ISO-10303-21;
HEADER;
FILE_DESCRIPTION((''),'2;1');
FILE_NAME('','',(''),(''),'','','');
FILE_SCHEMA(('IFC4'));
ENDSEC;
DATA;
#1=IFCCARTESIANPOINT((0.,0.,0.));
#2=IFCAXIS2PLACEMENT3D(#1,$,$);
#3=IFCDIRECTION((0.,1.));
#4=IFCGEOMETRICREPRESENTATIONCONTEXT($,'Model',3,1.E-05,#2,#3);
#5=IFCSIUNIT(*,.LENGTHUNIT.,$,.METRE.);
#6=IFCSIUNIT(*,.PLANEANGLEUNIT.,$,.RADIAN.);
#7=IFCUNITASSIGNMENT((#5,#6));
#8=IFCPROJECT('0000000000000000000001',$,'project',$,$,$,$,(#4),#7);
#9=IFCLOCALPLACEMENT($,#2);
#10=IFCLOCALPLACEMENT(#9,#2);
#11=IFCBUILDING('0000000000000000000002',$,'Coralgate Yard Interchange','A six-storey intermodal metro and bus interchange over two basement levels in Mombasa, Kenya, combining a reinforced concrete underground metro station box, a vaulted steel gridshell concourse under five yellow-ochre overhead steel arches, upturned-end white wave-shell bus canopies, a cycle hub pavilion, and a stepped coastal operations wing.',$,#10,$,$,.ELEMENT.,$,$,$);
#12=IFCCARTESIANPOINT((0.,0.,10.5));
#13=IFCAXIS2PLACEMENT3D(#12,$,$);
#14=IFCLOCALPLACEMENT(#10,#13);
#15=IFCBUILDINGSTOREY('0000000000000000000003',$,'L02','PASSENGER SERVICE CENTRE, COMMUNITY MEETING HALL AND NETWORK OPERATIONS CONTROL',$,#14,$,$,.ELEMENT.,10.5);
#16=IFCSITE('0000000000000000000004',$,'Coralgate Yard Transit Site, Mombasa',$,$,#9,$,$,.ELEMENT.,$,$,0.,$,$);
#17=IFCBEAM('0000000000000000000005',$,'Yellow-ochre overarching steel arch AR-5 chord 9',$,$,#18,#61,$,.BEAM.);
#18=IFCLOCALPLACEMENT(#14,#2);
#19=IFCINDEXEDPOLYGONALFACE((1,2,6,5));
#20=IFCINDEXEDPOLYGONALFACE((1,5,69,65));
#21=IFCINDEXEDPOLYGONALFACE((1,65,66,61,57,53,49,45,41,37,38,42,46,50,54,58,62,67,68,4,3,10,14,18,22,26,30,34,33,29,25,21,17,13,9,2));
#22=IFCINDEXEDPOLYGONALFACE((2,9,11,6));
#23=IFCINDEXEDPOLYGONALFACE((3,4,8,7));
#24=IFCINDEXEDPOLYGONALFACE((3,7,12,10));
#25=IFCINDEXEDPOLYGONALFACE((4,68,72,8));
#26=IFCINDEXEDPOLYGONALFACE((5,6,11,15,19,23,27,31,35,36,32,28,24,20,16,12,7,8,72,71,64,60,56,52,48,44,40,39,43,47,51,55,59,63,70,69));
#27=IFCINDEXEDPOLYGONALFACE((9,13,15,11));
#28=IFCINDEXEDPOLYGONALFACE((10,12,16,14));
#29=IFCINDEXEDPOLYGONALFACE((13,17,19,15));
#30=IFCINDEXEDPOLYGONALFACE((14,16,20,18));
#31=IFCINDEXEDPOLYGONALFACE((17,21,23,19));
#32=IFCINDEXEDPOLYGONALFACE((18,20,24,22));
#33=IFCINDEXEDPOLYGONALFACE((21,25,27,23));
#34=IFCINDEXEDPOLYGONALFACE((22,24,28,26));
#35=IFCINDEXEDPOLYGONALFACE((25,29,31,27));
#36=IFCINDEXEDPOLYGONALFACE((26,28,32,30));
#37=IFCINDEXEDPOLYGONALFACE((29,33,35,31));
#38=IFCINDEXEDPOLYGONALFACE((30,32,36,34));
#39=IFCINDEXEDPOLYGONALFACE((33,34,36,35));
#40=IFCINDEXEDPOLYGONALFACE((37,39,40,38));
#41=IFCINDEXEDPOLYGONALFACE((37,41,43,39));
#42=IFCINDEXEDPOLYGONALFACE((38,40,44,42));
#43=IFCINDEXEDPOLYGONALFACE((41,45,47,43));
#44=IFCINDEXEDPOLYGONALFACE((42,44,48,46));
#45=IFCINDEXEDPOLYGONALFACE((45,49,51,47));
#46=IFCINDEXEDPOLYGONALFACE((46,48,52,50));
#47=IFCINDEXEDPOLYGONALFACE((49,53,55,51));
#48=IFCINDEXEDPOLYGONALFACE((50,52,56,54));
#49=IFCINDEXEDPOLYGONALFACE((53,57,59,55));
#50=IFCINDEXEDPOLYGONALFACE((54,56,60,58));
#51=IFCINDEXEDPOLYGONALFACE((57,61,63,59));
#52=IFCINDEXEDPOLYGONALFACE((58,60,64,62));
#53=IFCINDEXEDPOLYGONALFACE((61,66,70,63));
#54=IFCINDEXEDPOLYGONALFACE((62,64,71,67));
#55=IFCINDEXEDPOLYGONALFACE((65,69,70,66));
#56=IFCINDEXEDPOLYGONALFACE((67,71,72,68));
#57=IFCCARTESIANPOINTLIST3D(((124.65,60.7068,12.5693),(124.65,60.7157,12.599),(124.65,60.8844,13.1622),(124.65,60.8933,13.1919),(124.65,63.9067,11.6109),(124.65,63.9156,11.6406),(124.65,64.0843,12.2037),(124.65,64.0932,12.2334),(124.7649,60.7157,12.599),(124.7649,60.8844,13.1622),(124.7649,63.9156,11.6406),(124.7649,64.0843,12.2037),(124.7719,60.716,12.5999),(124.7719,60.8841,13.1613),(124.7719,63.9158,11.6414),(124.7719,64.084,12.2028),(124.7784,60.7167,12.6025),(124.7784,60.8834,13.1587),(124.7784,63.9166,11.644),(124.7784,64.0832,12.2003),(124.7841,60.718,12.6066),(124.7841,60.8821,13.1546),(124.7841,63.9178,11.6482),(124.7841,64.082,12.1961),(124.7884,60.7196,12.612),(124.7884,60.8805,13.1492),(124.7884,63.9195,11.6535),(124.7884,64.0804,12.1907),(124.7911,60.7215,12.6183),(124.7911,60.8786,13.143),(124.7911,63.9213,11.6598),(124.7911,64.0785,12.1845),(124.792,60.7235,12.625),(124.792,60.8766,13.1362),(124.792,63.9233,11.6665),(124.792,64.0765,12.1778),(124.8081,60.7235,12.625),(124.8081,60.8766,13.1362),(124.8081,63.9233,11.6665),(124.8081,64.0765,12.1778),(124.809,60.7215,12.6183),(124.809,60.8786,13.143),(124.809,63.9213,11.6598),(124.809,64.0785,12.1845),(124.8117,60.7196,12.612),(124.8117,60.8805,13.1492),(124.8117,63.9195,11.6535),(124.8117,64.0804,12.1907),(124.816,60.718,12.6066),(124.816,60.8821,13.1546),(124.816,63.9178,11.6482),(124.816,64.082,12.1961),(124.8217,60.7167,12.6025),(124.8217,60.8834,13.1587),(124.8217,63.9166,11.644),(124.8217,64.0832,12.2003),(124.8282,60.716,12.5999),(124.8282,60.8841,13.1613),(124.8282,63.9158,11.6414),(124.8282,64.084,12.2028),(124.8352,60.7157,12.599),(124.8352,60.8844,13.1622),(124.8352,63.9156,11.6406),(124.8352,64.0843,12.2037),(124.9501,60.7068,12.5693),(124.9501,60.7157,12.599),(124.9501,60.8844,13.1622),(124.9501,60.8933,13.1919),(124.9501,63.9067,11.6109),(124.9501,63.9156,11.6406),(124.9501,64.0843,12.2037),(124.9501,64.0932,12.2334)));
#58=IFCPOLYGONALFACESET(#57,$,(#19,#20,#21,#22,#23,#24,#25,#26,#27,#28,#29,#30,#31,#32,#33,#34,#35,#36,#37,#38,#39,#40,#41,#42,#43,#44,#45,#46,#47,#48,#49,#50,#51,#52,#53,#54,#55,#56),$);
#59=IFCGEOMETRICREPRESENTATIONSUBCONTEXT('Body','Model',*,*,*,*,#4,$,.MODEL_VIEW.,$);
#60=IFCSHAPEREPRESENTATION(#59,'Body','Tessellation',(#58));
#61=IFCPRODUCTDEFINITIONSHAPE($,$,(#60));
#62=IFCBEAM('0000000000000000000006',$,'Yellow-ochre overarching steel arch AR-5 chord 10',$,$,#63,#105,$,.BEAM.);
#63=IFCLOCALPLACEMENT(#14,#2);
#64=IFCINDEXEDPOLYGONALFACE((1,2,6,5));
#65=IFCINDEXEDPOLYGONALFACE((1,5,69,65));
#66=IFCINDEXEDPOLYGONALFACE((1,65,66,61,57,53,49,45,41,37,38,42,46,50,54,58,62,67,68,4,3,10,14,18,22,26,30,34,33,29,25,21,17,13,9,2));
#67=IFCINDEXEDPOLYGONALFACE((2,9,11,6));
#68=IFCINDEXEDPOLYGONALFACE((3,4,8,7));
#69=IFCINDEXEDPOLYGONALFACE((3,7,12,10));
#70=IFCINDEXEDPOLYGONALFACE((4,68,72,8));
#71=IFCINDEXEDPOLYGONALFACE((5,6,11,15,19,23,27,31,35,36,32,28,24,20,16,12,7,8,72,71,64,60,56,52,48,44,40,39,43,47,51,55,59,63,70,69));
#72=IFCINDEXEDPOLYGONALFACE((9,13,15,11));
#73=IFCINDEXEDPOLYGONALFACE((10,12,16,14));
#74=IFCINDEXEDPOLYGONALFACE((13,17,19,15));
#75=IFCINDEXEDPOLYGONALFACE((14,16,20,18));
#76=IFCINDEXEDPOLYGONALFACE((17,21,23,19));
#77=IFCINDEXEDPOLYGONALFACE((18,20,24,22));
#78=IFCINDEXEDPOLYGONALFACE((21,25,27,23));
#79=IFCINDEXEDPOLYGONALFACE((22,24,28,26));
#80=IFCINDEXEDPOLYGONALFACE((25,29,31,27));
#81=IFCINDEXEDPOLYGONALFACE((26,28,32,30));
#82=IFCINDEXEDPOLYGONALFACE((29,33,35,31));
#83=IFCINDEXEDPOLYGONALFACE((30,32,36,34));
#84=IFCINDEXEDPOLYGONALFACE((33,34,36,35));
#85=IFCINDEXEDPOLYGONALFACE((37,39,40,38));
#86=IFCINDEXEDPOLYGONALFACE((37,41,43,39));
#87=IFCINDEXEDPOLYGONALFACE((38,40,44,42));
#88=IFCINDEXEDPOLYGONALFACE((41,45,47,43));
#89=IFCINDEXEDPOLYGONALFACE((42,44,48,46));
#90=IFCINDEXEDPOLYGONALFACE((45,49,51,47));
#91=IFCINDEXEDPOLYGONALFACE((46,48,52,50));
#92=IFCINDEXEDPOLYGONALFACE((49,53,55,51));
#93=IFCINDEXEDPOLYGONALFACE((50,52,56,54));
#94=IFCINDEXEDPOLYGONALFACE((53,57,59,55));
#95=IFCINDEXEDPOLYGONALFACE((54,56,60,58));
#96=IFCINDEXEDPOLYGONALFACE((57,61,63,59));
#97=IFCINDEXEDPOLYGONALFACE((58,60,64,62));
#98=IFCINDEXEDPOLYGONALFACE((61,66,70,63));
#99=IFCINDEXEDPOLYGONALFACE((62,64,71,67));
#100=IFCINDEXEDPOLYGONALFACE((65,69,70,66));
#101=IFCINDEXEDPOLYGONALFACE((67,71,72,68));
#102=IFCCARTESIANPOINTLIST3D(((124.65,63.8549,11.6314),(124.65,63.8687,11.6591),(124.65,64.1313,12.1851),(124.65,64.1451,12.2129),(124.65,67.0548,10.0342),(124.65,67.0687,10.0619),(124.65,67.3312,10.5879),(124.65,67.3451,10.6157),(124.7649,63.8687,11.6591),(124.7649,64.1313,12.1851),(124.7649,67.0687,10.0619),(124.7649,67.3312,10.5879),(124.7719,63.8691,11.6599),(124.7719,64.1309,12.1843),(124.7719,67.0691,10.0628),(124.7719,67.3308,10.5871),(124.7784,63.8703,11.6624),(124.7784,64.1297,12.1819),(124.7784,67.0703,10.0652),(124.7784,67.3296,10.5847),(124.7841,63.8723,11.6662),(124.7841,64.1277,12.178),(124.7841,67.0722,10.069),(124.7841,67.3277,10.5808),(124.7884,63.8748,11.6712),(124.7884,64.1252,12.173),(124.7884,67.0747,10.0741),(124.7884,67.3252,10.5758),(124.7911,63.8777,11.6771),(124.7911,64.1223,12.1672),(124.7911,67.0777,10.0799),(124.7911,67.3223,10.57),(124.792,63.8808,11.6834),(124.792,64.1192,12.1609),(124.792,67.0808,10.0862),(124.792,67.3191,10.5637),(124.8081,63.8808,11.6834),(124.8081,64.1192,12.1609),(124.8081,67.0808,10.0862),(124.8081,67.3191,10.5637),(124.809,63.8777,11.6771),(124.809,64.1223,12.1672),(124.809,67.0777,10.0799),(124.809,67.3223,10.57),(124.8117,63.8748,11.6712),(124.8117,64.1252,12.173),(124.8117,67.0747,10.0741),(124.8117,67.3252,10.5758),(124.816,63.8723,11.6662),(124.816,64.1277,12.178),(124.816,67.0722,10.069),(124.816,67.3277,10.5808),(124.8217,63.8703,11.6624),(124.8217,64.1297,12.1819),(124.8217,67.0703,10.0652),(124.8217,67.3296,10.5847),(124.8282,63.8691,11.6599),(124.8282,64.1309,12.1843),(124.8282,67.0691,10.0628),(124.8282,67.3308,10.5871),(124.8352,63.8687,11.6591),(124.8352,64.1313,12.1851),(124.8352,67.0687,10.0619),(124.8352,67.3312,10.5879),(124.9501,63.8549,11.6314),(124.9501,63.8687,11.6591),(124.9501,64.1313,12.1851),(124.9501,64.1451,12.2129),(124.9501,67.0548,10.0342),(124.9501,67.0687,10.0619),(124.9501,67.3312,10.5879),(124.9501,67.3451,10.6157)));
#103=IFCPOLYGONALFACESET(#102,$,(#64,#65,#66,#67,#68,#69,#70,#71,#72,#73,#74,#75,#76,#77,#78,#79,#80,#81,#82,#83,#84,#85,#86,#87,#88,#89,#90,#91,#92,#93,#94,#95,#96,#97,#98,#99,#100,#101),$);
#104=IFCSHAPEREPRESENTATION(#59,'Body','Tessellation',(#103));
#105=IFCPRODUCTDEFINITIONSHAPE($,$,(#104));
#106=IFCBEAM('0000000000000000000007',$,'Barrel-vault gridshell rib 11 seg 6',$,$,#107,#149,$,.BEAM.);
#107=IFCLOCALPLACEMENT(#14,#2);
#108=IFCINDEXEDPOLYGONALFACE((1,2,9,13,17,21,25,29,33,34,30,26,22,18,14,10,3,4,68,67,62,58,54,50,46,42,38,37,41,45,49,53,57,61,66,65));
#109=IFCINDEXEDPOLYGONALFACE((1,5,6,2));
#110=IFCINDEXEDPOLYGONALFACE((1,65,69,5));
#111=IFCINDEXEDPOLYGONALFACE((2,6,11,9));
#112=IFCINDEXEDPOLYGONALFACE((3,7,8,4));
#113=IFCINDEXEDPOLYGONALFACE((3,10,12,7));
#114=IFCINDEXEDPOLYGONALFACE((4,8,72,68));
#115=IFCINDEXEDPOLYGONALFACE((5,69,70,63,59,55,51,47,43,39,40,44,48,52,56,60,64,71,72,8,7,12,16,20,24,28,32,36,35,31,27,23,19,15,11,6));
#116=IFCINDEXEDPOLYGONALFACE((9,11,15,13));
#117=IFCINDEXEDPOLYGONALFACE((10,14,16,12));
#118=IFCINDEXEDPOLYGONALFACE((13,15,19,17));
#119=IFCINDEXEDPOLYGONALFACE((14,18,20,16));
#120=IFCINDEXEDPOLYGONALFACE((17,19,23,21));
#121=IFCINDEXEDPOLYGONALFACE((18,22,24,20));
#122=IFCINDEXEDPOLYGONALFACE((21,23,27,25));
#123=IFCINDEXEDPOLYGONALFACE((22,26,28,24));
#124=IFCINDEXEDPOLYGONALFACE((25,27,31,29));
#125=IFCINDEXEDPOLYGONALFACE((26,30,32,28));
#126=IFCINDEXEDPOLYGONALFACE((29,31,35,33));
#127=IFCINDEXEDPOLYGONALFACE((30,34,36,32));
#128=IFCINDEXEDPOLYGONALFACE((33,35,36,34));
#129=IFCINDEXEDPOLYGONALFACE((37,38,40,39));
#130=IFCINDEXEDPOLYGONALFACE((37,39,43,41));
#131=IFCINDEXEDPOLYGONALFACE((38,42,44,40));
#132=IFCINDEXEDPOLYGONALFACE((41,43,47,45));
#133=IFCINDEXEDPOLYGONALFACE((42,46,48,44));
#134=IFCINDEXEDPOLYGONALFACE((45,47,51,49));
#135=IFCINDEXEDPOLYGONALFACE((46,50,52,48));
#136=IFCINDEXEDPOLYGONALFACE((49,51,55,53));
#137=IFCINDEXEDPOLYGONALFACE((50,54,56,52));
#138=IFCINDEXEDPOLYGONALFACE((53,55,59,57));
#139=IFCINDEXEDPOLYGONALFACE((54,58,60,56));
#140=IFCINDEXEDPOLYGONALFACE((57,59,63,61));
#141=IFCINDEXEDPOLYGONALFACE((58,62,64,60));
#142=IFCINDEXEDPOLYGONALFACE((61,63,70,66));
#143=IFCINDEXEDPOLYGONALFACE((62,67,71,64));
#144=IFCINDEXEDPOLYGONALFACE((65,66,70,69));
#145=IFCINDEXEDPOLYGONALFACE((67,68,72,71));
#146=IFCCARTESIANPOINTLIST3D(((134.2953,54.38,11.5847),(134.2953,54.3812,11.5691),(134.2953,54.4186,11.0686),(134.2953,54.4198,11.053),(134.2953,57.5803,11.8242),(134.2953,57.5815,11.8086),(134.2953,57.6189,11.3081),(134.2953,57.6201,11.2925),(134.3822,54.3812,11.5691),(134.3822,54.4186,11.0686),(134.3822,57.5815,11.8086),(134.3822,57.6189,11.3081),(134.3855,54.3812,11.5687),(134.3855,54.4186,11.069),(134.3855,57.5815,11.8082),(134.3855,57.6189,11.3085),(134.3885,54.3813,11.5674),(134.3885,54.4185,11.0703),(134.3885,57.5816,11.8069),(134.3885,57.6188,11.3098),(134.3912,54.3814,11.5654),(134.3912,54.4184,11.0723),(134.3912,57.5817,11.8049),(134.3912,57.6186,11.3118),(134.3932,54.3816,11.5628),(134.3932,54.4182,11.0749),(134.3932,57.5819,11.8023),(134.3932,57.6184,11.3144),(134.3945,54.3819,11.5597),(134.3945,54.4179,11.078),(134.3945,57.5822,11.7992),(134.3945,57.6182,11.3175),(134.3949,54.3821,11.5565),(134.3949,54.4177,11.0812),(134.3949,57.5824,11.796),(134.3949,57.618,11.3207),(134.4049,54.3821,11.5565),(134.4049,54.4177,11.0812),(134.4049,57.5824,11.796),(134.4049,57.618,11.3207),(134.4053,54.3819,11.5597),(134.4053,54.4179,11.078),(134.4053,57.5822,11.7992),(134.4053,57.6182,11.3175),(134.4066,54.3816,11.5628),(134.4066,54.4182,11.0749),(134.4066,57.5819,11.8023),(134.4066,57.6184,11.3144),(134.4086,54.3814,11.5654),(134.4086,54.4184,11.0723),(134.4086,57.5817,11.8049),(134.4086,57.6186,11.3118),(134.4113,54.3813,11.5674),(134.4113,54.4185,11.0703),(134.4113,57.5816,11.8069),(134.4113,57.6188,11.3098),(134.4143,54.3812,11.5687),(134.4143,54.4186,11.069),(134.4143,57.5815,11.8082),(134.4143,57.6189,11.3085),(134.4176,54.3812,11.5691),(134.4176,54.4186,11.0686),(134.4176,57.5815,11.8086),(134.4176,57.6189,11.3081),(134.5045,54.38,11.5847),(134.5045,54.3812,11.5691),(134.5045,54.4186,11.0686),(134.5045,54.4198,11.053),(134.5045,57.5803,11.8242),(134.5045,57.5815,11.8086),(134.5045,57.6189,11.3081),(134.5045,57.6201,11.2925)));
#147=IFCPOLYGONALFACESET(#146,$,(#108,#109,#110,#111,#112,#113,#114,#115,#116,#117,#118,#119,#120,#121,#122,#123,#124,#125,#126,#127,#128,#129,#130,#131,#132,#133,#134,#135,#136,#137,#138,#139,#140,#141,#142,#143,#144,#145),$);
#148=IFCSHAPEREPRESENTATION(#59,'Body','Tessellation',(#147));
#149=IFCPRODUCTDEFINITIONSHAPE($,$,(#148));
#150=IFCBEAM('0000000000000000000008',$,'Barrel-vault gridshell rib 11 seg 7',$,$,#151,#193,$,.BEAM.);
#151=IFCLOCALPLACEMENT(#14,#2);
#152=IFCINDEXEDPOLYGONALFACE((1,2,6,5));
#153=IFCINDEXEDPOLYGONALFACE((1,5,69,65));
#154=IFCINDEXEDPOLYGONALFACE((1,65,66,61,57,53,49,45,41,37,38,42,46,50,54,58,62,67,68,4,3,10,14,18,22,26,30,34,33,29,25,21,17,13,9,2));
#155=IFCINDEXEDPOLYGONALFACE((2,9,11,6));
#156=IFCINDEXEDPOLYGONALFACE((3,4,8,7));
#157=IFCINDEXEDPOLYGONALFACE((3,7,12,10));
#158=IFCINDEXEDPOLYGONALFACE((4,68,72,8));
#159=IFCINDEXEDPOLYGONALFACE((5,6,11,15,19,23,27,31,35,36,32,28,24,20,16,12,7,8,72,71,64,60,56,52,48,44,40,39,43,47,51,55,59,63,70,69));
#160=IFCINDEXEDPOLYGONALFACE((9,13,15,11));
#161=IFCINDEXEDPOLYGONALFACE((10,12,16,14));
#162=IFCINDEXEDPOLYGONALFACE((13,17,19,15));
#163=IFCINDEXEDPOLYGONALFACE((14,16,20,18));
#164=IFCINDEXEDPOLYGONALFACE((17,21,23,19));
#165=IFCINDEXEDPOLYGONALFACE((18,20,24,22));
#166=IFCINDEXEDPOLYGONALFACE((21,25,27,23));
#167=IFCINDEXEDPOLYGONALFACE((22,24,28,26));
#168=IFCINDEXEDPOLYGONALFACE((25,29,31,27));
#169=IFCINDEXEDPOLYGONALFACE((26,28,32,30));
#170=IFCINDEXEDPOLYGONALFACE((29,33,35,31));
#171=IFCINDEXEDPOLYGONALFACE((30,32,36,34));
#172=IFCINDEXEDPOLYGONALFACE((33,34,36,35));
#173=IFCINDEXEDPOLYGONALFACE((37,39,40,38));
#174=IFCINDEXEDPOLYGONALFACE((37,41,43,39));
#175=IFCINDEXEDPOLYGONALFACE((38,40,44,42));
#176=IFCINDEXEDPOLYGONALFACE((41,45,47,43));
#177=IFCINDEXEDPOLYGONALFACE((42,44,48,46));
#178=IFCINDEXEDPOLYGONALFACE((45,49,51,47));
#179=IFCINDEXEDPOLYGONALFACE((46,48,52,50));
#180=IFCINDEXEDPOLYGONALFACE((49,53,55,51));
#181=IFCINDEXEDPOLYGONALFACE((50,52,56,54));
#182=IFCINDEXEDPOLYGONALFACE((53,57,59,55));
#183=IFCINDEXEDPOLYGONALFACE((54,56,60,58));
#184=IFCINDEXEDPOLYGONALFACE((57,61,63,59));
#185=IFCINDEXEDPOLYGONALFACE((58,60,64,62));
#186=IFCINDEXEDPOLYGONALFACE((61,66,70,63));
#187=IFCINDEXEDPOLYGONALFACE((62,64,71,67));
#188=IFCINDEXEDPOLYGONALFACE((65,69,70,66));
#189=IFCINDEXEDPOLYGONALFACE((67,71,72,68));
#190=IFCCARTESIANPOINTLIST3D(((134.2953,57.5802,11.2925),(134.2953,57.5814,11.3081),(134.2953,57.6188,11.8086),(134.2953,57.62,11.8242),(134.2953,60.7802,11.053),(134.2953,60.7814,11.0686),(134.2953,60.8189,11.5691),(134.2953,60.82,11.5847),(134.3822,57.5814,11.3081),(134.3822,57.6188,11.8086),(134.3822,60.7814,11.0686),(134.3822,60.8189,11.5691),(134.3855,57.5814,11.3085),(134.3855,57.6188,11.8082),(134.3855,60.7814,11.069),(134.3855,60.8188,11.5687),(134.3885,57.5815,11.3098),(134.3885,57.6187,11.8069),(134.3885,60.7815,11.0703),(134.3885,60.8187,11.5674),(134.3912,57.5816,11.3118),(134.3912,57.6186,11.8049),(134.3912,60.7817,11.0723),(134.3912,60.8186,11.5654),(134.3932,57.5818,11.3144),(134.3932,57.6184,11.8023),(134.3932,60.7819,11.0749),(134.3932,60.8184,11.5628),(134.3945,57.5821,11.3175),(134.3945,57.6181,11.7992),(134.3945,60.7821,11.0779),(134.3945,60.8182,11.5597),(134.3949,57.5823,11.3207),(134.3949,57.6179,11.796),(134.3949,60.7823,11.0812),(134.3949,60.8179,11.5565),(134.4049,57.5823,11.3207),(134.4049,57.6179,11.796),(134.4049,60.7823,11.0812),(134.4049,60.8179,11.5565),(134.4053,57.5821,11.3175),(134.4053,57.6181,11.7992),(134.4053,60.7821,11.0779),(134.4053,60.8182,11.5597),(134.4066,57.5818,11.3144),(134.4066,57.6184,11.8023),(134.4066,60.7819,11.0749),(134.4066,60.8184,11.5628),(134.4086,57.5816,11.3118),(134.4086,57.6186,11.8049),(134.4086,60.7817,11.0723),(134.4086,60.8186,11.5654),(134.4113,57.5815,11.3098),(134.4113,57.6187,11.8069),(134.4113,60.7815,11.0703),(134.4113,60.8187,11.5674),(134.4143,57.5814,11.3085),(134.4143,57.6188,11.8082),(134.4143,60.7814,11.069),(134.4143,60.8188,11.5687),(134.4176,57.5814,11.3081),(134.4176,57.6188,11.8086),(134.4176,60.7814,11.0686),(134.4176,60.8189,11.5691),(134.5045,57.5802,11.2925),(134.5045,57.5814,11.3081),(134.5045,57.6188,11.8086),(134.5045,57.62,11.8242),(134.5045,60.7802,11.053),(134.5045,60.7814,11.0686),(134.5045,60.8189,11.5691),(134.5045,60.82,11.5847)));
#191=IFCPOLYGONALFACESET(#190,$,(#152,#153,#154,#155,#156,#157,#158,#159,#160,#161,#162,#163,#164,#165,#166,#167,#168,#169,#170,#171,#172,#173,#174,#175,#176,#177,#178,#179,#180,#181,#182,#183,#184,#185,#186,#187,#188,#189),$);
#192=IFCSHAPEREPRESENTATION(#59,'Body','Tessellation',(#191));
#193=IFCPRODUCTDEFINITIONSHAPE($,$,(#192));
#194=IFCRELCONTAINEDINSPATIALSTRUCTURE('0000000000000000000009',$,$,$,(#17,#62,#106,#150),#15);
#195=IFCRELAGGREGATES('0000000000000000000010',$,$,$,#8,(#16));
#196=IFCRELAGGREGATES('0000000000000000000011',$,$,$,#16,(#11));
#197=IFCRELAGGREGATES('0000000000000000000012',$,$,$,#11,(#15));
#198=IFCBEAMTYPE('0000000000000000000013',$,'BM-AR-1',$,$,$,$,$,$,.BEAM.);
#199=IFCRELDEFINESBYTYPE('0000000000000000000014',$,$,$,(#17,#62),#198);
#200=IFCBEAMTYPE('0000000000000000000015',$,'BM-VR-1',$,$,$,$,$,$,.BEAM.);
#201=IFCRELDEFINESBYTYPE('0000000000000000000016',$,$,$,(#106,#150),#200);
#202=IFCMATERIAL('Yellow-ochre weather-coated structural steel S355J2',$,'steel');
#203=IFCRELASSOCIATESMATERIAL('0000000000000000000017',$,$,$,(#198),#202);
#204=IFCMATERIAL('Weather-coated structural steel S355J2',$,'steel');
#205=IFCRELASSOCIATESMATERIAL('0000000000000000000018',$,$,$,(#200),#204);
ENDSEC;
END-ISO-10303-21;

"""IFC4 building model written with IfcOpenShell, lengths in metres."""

from ifc_helpers import new_model, si_unit, direction, frame, origin, origin_2d, place, context, subcontext, project, spatial, i_section, extrude, material, material_profile, profile_set, type_object, element, save


model = new_model("IFC4")

# Units and contexts
model_context = context("Model", 3, precision=1e-05, world=origin(), true_north=direction((0.0, 1.0)))
body_context = subcontext(model_context, "Body", "Model", "MODEL_VIEW")
ifc_project = project(units=[si_unit("LENGTHUNIT", "METRE"), si_unit("PLANEANGLEUNIT", "RADIAN")], contexts=[model_context])

# Site, building, storey
site_placement = place(None, origin())
site = spatial("IfcSite", under=ifc_project, at=site_placement, Name="Coralgate Yard Transit Site, Mombasa", CompositionType="ELEMENT", RefElevation=0.0)
building_placement = place(site_placement, origin())
building = spatial("IfcBuilding", under=site, at=building_placement, Name="Coralgate Yard Interchange", Description="A six-storey intermodal metro and bus interchange over two basement levels in Mombasa, Kenya, combining a reinforced concrete underground metro station box, a vaulted steel gridshell concourse under five yellow-ochre overhead steel arches, upturned-end white wave-shell bus canopies, a cycle hub pavilion, and a stepped coastal operations wing.", CompositionType="ELEMENT")
storey_placement = place(building_placement, frame((0.0, 0.0, 10.5)))
storey = spatial("IfcBuildingStorey", under=building, at=storey_placement, Name="L02", Description="PASSENGER SERVICE CENTRE, COMMUNITY MEETING HALL AND NETWORK OPERATIONS CONTROL", CompositionType="ELEMENT", Elevation=10.5)

# Beams
ifc_material_1 = material(Name="Yellow-ochre weather-coated structural steel S355J2", Category="steel")
ifc_material_profile_1 = material_profile(ifc_material_1, i_section(OverallWidth=0.3, OverallDepth=0.6499, WebThickness=0.0161, FlangeThickness=0.031, FilletRadius=0.0271, at=origin_2d()), Name="HEB 650")
ifc_profile_set_1 = profile_set([ifc_material_profile_1], Name="Yellow-ochre weather-coated structural steel S355J2")
beam_type_1 = type_object("IfcBeamType", Name="BM-AR-1", PredefinedType="BEAM", material=ifc_profile_set_1)
beam_1_placement = place(storey_placement, frame((124.8, 60.8, 12.8806), z_axis=(0.0, 0.957949, -0.286939), x_axis=(-1.0, 0.0, 0.0)))
element("IfcBeam", 1, at=beam_1_placement, inside=storey, type_object=beam_type_1, Name="Yellow-ochre overarching steel arch AR-5 chord 9", PredefinedType="BEAM", context=body_context, shape_type="SweptSolid", body=[
    extrude(i_section(OverallWidth=0.3, OverallDepth=0.6499, WebThickness=0.0161, FlangeThickness=0.031, FilletRadius=0.0271, at=origin_2d()), origin(), (0.0, 0.0, 1.0), 3.3403),
])
beam_2_placement = place(storey_placement, frame((124.8, 64.0, 11.9221), z_axis=(0.0, 0.894741, -0.446585), x_axis=(-1.0, 0.0, 0.0)))
element("IfcBeam", 2, at=beam_2_placement, inside=storey, type_object=beam_type_1, Name="Yellow-ochre overarching steel arch AR-5 chord 10", PredefinedType="BEAM", context=body_context, shape_type="SweptSolid", body=[
    extrude(i_section(OverallWidth=0.3, OverallDepth=0.6499, WebThickness=0.0161, FlangeThickness=0.031, FilletRadius=0.0271, at=origin_2d()), origin(), (0.0, 0.0, 1.0), 3.5764),
])
ifc_material_2 = material(Name="Weather-coated structural steel S355J2", Category="steel")
ifc_material_profile_2 = material_profile(ifc_material_2, i_section(OverallWidth=0.2092, OverallDepth=0.5332, WebThickness=0.01, FlangeThickness=0.0156, FilletRadius=0.0127, at=origin_2d()), Name="UB 533x210x92")
ifc_profile_set_2 = profile_set([ifc_material_profile_2], Name="Weather-coated structural steel S355J2")
beam_type_2 = type_object("IfcBeamType", Name="BM-VR-1", PredefinedType="BEAM", material=ifc_profile_set_2)
beam_3_placement = place(storey_placement, frame((134.3999, 54.3999, 11.3188), z_axis=(0.0, 0.997211, 0.074631), x_axis=(-1.0, 0.0, 0.0)))
element("IfcBeam", 3, at=beam_3_placement, inside=storey, type_object=beam_type_2, Name="Barrel-vault gridshell rib 11 seg 6", PredefinedType="BEAM", context=body_context, shape_type="SweptSolid", body=[
    extrude(i_section(OverallWidth=0.2092, OverallDepth=0.5332, WebThickness=0.01, FlangeThickness=0.0156, FilletRadius=0.0127, at=origin_2d()), origin(), (0.0, 0.0, 1.0), 3.2092),
])
beam_4_placement = place(storey_placement, frame((134.3999, 57.6001, 11.5583), z_axis=(0.0, 0.997211, -0.074637), x_axis=(-1.0, 0.0, 0.0)))
element("IfcBeam", 4, at=beam_4_placement, inside=storey, type_object=beam_type_2, Name="Barrel-vault gridshell rib 11 seg 7", PredefinedType="BEAM", context=body_context, shape_type="SweptSolid", body=[
    extrude(i_section(OverallWidth=0.2092, OverallDepth=0.5332, WebThickness=0.01, FlangeThickness=0.0156, FilletRadius=0.0127, at=origin_2d()), origin(), (0.0, 0.0, 1.0), 3.209),
])

save(model, "model.ifc")
